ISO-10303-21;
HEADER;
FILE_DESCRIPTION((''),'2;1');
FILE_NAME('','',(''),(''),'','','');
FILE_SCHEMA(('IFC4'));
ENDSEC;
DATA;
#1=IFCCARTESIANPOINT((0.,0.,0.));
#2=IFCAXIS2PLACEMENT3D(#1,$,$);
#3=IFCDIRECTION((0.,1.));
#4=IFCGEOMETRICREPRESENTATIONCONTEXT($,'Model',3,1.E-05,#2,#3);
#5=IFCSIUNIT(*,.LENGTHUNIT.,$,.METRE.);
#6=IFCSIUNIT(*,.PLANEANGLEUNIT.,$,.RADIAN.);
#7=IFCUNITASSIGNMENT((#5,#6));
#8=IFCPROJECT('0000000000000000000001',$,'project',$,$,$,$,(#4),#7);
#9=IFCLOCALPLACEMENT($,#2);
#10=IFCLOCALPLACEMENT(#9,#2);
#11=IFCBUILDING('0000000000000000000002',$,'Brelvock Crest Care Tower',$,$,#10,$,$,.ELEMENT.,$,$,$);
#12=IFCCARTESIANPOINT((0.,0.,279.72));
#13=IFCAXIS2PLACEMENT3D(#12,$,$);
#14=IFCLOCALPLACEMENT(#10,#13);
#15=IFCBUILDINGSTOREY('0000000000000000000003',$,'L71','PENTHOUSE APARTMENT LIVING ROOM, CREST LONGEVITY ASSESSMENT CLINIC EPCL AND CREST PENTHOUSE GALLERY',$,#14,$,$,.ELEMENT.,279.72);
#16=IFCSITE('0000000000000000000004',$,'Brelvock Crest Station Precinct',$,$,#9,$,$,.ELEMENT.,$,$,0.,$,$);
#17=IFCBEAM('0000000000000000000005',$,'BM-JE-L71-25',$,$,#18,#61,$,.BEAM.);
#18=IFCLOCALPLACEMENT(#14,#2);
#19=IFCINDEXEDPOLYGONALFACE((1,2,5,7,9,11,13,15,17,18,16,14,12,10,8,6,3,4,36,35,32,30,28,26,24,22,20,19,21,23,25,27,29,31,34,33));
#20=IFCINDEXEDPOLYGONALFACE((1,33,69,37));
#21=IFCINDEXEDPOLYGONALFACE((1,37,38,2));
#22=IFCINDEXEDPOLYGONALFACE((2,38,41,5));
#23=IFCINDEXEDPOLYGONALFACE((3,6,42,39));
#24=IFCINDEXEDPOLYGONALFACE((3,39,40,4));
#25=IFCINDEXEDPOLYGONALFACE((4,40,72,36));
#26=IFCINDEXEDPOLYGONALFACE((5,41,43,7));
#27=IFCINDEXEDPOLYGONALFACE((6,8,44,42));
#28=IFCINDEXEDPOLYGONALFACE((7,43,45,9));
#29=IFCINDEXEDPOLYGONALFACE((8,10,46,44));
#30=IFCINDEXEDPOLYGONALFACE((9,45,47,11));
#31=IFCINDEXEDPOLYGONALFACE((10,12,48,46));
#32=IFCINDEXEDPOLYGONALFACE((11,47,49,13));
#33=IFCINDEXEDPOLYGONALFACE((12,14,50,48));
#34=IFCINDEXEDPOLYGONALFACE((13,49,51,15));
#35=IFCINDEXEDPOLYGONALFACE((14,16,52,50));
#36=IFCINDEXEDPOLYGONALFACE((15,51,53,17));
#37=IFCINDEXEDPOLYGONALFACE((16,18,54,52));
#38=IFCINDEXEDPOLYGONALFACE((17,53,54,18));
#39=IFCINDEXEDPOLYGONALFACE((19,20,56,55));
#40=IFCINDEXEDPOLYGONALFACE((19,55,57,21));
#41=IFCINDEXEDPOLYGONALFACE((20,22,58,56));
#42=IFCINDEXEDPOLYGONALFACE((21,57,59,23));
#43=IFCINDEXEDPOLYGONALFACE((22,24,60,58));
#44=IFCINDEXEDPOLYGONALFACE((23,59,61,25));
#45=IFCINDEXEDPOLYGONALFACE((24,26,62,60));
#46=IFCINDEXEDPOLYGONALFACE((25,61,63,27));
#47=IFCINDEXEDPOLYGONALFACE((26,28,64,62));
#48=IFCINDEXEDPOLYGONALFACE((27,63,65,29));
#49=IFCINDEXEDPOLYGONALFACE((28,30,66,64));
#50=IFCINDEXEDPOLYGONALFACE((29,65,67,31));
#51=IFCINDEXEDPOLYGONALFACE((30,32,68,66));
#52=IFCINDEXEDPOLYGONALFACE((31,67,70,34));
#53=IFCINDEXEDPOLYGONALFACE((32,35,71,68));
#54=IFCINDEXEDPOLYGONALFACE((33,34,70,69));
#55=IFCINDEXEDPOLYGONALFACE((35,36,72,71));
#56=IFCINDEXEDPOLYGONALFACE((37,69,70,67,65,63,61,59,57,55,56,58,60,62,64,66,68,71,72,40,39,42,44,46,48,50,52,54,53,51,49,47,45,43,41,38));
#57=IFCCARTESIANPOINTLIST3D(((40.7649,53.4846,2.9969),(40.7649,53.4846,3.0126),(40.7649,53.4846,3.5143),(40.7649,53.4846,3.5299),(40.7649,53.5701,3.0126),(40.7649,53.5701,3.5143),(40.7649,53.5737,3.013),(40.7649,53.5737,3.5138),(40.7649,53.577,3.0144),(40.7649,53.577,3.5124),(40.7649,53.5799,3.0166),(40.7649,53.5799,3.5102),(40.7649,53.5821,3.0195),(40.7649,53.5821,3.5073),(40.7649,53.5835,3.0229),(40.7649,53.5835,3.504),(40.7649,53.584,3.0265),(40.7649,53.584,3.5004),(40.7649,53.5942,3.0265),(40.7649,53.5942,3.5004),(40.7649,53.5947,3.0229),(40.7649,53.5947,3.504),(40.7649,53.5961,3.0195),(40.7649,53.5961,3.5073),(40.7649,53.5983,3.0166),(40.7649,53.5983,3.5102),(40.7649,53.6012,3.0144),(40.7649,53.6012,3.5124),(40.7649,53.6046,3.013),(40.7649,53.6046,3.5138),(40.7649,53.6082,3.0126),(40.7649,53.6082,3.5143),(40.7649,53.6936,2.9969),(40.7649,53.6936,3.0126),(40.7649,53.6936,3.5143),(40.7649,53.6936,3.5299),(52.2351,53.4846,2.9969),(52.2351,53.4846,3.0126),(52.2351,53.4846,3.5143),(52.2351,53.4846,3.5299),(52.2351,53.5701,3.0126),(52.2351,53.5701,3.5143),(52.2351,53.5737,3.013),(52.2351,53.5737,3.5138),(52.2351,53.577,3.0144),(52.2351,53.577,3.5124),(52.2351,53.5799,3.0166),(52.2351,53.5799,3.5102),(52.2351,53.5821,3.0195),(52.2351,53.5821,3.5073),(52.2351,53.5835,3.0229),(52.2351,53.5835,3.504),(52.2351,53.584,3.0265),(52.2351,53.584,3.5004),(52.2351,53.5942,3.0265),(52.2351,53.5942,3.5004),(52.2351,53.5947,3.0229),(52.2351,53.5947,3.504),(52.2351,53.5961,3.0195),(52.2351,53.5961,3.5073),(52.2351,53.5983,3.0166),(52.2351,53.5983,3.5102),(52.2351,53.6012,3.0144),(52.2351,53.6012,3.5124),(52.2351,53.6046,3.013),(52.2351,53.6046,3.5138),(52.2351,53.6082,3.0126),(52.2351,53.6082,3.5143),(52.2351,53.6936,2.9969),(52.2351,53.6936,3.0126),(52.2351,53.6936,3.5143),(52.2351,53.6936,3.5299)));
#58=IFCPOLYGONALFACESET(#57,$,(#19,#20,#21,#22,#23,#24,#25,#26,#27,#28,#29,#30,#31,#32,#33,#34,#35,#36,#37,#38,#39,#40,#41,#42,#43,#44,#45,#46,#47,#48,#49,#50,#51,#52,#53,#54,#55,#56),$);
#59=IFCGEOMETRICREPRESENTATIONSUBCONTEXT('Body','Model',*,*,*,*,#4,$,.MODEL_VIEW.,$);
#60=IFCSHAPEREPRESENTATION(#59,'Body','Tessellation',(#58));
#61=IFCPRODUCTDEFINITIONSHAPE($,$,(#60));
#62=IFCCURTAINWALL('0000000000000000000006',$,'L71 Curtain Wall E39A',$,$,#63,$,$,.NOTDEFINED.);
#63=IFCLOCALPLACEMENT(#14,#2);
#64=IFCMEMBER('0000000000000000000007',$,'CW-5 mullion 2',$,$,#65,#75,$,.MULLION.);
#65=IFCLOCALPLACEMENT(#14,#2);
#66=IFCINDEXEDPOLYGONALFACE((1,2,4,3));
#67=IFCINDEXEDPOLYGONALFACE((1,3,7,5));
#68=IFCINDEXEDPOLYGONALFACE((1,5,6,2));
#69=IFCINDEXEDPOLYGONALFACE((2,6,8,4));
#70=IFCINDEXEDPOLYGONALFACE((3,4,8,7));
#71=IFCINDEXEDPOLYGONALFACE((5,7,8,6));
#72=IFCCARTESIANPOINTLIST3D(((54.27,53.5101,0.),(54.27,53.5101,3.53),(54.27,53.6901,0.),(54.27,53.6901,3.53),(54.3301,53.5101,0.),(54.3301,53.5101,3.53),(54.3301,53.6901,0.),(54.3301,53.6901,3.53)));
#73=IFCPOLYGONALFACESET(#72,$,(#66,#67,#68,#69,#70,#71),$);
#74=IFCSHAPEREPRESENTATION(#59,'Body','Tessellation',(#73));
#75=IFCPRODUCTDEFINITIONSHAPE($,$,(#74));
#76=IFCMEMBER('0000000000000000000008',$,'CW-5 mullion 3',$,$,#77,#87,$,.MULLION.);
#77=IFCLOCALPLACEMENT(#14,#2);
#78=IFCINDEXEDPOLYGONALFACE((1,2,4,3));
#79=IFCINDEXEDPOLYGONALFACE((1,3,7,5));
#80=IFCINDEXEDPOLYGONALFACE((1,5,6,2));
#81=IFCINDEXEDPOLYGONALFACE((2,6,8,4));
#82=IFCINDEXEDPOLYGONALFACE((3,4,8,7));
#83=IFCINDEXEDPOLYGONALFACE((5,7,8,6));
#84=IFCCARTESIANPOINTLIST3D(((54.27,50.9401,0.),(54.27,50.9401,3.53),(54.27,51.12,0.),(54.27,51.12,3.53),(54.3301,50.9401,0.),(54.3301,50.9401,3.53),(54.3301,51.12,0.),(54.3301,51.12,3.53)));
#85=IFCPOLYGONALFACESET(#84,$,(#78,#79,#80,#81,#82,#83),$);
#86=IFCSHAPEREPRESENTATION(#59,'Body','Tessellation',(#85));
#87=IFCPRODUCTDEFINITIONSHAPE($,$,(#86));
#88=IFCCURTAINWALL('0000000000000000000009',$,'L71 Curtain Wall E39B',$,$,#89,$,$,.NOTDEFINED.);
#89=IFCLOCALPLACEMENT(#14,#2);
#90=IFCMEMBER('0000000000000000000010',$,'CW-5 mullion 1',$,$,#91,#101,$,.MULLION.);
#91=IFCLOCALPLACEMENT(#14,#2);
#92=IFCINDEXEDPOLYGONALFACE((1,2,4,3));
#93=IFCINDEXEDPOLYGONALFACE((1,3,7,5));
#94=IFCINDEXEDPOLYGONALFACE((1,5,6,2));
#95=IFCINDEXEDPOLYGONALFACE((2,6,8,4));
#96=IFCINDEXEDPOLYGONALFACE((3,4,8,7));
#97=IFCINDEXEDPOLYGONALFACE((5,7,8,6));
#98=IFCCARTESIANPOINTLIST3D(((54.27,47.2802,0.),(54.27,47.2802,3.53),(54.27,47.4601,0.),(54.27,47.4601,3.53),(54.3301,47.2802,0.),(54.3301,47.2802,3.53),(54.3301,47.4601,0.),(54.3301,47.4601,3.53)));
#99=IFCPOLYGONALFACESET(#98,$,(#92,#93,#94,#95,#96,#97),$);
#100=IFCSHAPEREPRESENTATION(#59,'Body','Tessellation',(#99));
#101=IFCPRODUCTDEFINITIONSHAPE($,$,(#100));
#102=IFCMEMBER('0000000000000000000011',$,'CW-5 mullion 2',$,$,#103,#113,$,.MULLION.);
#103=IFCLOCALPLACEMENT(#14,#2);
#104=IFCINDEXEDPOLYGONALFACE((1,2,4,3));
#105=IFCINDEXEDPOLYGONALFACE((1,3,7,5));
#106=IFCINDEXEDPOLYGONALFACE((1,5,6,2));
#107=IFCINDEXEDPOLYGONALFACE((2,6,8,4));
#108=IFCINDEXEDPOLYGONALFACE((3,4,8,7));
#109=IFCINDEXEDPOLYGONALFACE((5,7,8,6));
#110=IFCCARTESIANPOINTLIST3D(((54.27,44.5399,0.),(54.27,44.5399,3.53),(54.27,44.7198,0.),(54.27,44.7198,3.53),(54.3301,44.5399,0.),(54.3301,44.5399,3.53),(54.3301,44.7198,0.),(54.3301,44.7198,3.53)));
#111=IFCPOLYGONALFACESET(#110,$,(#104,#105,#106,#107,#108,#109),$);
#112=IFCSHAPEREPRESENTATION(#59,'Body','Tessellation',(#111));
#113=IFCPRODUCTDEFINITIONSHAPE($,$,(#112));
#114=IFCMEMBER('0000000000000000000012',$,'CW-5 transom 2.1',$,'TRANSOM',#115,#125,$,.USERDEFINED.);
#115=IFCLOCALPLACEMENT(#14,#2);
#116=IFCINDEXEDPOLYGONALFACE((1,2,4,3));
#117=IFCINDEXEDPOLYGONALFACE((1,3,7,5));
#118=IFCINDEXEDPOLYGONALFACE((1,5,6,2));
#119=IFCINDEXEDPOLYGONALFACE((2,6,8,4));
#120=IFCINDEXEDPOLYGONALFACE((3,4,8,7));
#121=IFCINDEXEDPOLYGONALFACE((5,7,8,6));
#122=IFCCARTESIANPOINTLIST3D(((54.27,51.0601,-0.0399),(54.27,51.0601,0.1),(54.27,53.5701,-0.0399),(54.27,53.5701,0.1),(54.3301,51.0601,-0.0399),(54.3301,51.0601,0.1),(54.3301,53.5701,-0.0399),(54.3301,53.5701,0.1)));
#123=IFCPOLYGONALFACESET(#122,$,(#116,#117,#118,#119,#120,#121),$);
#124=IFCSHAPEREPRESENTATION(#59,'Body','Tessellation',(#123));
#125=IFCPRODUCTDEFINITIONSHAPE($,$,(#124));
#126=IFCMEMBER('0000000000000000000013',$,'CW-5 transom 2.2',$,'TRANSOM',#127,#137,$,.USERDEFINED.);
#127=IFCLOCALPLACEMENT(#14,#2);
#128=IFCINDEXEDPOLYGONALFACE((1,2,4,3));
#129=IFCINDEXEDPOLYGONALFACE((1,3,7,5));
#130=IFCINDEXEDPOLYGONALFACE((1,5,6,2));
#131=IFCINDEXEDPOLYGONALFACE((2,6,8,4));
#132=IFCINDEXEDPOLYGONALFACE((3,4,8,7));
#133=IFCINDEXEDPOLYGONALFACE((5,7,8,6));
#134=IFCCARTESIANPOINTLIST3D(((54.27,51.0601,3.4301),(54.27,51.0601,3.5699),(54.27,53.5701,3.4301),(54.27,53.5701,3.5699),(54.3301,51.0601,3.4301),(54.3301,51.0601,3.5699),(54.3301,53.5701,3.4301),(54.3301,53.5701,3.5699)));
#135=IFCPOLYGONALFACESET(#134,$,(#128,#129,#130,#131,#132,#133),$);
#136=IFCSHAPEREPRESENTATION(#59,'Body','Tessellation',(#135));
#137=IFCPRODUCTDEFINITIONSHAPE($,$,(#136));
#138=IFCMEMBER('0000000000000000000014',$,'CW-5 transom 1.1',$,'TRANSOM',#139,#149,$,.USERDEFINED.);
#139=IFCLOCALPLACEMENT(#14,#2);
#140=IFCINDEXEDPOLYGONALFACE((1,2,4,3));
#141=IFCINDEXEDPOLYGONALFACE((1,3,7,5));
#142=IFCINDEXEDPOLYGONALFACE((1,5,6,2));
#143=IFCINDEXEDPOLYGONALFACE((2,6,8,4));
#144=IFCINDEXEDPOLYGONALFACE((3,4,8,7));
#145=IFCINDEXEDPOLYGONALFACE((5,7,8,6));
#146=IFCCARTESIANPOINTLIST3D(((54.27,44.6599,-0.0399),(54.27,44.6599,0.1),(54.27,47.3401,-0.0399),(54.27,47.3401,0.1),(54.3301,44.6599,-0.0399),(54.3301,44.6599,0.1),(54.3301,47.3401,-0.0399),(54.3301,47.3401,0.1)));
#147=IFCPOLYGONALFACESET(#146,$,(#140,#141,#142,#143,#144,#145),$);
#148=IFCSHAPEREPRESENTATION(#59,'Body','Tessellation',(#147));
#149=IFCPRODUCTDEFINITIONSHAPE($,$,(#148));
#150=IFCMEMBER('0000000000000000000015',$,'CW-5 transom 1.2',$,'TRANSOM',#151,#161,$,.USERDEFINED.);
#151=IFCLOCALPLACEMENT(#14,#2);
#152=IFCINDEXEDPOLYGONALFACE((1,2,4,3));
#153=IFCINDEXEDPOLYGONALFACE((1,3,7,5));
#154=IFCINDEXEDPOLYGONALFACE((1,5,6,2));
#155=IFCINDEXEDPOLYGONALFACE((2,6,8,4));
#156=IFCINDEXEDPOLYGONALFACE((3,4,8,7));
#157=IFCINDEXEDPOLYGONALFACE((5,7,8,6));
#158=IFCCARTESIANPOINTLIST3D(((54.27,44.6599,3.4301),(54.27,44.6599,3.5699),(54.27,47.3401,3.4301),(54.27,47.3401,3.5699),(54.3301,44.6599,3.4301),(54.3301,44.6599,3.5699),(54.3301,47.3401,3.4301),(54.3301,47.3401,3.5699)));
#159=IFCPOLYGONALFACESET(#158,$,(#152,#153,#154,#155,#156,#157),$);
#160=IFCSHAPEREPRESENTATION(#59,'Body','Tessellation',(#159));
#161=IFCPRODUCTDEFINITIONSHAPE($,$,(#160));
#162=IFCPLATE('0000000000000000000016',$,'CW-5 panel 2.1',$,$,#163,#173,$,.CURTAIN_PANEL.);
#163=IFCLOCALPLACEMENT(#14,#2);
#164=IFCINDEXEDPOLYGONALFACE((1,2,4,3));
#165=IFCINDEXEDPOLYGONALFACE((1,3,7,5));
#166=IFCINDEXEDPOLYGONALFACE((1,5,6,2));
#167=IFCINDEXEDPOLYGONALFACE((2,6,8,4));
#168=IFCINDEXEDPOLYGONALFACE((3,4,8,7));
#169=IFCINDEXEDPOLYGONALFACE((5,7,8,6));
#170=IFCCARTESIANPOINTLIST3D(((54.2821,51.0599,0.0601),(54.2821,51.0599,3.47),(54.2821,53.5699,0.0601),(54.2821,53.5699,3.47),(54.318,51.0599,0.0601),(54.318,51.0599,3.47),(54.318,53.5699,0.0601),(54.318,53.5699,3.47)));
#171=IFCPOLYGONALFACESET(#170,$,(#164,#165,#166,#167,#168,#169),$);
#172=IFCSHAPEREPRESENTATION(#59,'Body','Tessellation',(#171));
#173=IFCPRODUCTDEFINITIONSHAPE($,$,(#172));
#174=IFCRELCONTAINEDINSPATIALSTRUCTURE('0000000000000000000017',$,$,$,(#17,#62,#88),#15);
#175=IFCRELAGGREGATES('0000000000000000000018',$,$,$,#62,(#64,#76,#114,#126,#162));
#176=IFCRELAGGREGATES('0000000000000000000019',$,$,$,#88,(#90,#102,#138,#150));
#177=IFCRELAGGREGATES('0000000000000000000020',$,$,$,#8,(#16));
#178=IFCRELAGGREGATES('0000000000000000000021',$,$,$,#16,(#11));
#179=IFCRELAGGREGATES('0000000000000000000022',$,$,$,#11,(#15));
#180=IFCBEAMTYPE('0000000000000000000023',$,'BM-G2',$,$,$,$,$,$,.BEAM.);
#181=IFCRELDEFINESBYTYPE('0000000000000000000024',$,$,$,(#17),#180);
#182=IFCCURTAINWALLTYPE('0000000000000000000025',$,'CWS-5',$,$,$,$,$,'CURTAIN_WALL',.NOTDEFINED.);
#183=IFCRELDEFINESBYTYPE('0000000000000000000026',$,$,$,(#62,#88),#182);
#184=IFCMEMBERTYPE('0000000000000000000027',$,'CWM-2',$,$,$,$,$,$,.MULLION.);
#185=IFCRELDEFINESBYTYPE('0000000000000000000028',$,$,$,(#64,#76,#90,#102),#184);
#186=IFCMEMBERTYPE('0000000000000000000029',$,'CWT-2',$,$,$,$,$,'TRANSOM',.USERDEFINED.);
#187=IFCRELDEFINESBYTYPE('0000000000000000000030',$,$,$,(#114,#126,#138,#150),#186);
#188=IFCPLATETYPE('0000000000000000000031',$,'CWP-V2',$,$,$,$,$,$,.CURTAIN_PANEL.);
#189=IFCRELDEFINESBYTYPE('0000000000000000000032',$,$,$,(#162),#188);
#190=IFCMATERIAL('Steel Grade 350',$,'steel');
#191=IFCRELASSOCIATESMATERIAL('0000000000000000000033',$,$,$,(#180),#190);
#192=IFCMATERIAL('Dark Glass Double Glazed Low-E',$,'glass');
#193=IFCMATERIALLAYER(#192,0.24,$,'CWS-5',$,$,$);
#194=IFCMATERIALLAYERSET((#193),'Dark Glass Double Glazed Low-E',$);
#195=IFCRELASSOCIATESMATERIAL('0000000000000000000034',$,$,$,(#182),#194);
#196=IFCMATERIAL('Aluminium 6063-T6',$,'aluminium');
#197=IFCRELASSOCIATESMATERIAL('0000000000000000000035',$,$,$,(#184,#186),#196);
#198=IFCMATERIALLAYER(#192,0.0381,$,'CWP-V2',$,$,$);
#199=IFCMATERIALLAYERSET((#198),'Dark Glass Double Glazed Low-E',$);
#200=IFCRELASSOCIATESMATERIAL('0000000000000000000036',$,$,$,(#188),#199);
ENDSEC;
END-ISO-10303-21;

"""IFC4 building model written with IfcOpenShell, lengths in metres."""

from ifc_helpers import new_model, si_unit, direction, frame, origin, origin_2d, place, context, subcontext, project, spatial, rectangle, i_section, extrude, source, transform, mapped, material, layer, layer_set, material_profile, profile_set, type_object, element, aggregate, save


model = new_model("IFC4")

# Units and contexts
model_context = context("Model", 3, precision=1e-05, world=origin(), true_north=direction((0.0, 1.0)))
body_context = subcontext(model_context, "Body", "Model", "MODEL_VIEW")
ifc_project = project(units=[si_unit("LENGTHUNIT", "METRE"), si_unit("PLANEANGLEUNIT", "RADIAN")], contexts=[model_context])

# Site, building, storey
site_placement = place(None, origin())
site = spatial("IfcSite", under=ifc_project, at=site_placement, Name="Brelvock Crest Station Precinct", CompositionType="ELEMENT", RefElevation=0.0)
building_placement = place(site_placement, origin())
building = spatial("IfcBuilding", under=site, at=building_placement, Name="Brelvock Crest Care Tower", CompositionType="ELEMENT")
storey_placement = place(building_placement, frame((0.0, 0.0, 279.72)))
storey = spatial("IfcBuildingStorey", under=building, at=storey_placement, Name="L71", Description="PENTHOUSE APARTMENT LIVING ROOM, CREST LONGEVITY ASSESSMENT CLINIC EPCL AND CREST PENTHOUSE GALLERY", CompositionType="ELEMENT", Elevation=279.72)

# Shared definitions
ifc_material_1 = material(Name="Steel Grade 350", Category="steel")

# Beam
ifc_material_profile_1 = material_profile(ifc_material_1, i_section(OverallWidth=0.209, OverallDepth=0.533, WebThickness=0.0103, FlangeThickness=0.0156, FilletRadius=0.0139, at=origin_2d()), Name="530UB92.4")
ifc_profile_set_1 = profile_set([ifc_material_profile_1], Name="Steel Grade 350")
beam_type_1 = type_object("IfcBeamType", Name="BM-G2", PredefinedType="BEAM", material=ifc_profile_set_1)
shared_shape_1 = source(origin(), body_context, "Body", "SweptSolid", [
    extrude(i_section(OverallWidth=0.209, OverallDepth=0.533, WebThickness=0.0103, FlangeThickness=0.0156, FilletRadius=0.0139, at=origin_2d()), origin(), (0.0, 0.0, 1.0), 11.4702),
])
for number, where, z_axis, x_axis, name in (
    (1, (40.7649, 53.5891, 3.2634), (1.0, 0.0, 0.0), (0.0, 1.0, 0.0), "BM-JE-L71-25"),
):
    element("IfcBeam", number, at=place(storey_placement, frame(where, z_axis=z_axis, x_axis=x_axis)), inside=storey, type_object=beam_type_1, Name=name, PredefinedType="BEAM", context=body_context, shape_type="MappedRepresentation", body=[
        mapped(shared_shape_1, transform((0.0, 0.0, 0.0), x_axis=(1.0, 0.0, 0.0), y_axis=(0.0, 1.0, 0.0), z_axis=(0.0, 0.0, 1.0), scale=1.0)),
    ])

# Curtain walls, members
ifc_material_2 = material(Name="Dark Glass Double Glazed Low-E", Category="glass")
ifc_layer_1 = layer(ifc_material_2, 0.24, Name="CWS-5")
ifc_layer_set_1 = layer_set([ifc_layer_1], Name="Dark Glass Double Glazed Low-E")
curtain_wall_type = type_object("IfcCurtainWallType", Name="CWS-5", ElementType="CURTAIN_WALL", PredefinedType="NOTDEFINED", material=ifc_layer_set_1)
curtain_wall_1_placement = place(storey_placement, origin())
curtain_wall_1 = element("IfcCurtainWall", 2, at=curtain_wall_1_placement, inside=storey, type_object=curtain_wall_type, Name="L71 Curtain Wall E39A", PredefinedType="NOTDEFINED")
ifc_material_3 = material(Name="Aluminium 6063-T6", Category="aluminium")
ifc_material_profile_2 = material_profile(ifc_material_3, rectangle(XDim=0.0601, YDim=0.1799, at=origin_2d()), Name="ALU60x180")
ifc_profile_set_2 = profile_set([ifc_material_profile_2], Name="Aluminium 6063-T6")
member_type_1 = type_object("IfcMemberType", Name="CWM-2", PredefinedType="MULLION", material=ifc_profile_set_2)
shared_shape_2 = source(origin(), body_context, "Body", "SweptSolid", [
    extrude(rectangle(XDim=0.0601, YDim=0.1799, at=origin_2d()), origin(), (0.0, 0.0, 1.0), 3.53),
])
member_1_placement = place(storey_placement, frame((54.3, 53.6001, 0.0), z_axis=(0.0, 0.0, 1.0), x_axis=(1.0, 0.0, 0.0)))
member_1 = element("IfcMember", 3, at=member_1_placement, type_object=member_type_1, Name="CW-5 mullion 2", PredefinedType="MULLION", context=body_context, shape_type="MappedRepresentation", body=[
    mapped(shared_shape_2, transform((0.0, 0.0, 0.0), x_axis=(1.0, 0.0, 0.0), y_axis=(0.0, 1.0, 0.0), z_axis=(0.0, 0.0, 1.0), scale=1.0)),
])
member_2_placement = place(storey_placement, frame((54.3, 51.03, 0.0), z_axis=(0.0, 0.0, 1.0), x_axis=(1.0, 0.0, 0.0)))
member_2 = element("IfcMember", 4, at=member_2_placement, type_object=member_type_1, Name="CW-5 mullion 3", PredefinedType="MULLION", context=body_context, shape_type="MappedRepresentation", body=[
    mapped(shared_shape_2, transform((0.0, 0.0, 0.0), x_axis=(1.0, 0.0, 0.0), y_axis=(0.0, 1.0, 0.0), z_axis=(0.0, 0.0, 1.0), scale=1.0)),
])
curtain_wall_2_placement = place(storey_placement, origin())
curtain_wall_2 = element("IfcCurtainWall", 5, at=curtain_wall_2_placement, inside=storey, type_object=curtain_wall_type, Name="L71 Curtain Wall E39B", PredefinedType="NOTDEFINED")
member_3_placement = place(storey_placement, frame((54.3, 47.3701, 0.0), z_axis=(0.0, 0.0, 1.0), x_axis=(1.0, 0.0, 0.0)))
member_3 = element("IfcMember", 6, at=member_3_placement, type_object=member_type_1, Name="CW-5 mullion 1", PredefinedType="MULLION", context=body_context, shape_type="MappedRepresentation", body=[
    mapped(shared_shape_2, transform((0.0, 0.0, 0.0), x_axis=(1.0, 0.0, 0.0), y_axis=(0.0, 1.0, 0.0), z_axis=(0.0, 0.0, 1.0), scale=1.0)),
])
member_4_placement = place(storey_placement, frame((54.3, 44.6299, 0.0), z_axis=(0.0, 0.0, 1.0), x_axis=(1.0, 0.0, 0.0)))
member_4 = element("IfcMember", 7, at=member_4_placement, type_object=member_type_1, Name="CW-5 mullion 2", PredefinedType="MULLION", context=body_context, shape_type="MappedRepresentation", body=[
    mapped(shared_shape_2, transform((0.0, 0.0, 0.0), x_axis=(1.0, 0.0, 0.0), y_axis=(0.0, 1.0, 0.0), z_axis=(0.0, 0.0, 1.0), scale=1.0)),
])

# Members
ifc_material_profile_3 = material_profile(ifc_material_3, rectangle(XDim=0.0601, YDim=0.1399, at=origin_2d()), Name="ALU60x140")
ifc_profile_set_3 = profile_set([ifc_material_profile_3], Name="Aluminium 6063-T6")
member_type_2 = type_object("IfcMemberType", Name="CWT-2", ElementType="TRANSOM", PredefinedType="USERDEFINED", material=ifc_profile_set_3)
shared_shape_3 = source(origin(), body_context, "Body", "SweptSolid", [
    extrude(rectangle(XDim=0.0601, YDim=0.1399, at=origin_2d()), origin(), (0.0, 0.0, 1.0), 2.51),
])
member_5_placement = place(storey_placement, frame((54.3, 53.5701, 0.03), z_axis=(0.0, -1.0, 0.0), x_axis=(1.0, 0.0, 0.0)))
member_5 = element("IfcMember", 8, at=member_5_placement, type_object=member_type_2, Name="CW-5 transom 2.1", ObjectType="TRANSOM", PredefinedType="USERDEFINED", context=body_context, shape_type="MappedRepresentation", body=[
    mapped(shared_shape_3, transform((0.0, 0.0, 0.0), x_axis=(1.0, 0.0, 0.0), y_axis=(0.0, 1.0, 0.0), z_axis=(0.0, 0.0, 1.0), scale=1.0)),
])
member_6_placement = place(storey_placement, frame((54.3, 53.5701, 3.5), z_axis=(0.0, -1.0, 0.0), x_axis=(1.0, 0.0, 0.0)))
member_6 = element("IfcMember", 9, at=member_6_placement, type_object=member_type_2, Name="CW-5 transom 2.2", ObjectType="TRANSOM", PredefinedType="USERDEFINED", context=body_context, shape_type="MappedRepresentation", body=[
    mapped(shared_shape_3, transform((0.0, 0.0, 0.0), x_axis=(1.0, 0.0, 0.0), y_axis=(0.0, 1.0, 0.0), z_axis=(0.0, 0.0, 1.0), scale=1.0)),
])
shared_shape_4 = source(origin(), body_context, "Body", "SweptSolid", [
    extrude(rectangle(XDim=0.0601, YDim=0.1399, at=origin_2d()), origin(), (0.0, 0.0, 1.0), 2.6802),
])
member_7_placement = place(storey_placement, frame((54.3, 47.3401, 0.03), z_axis=(0.0, -1.0, 0.0), x_axis=(1.0, 0.0, 0.0)))
member_7 = element("IfcMember", 10, at=member_7_placement, type_object=member_type_2, Name="CW-5 transom 1.1", ObjectType="TRANSOM", PredefinedType="USERDEFINED", context=body_context, shape_type="MappedRepresentation", body=[
    mapped(shared_shape_4, transform((0.0, 0.0, 0.0), x_axis=(1.0, 0.0, 0.0), y_axis=(0.0, 1.0, 0.0), z_axis=(0.0, 0.0, 1.0), scale=1.0)),
])
member_8_placement = place(storey_placement, frame((54.3, 47.3401, 3.5), z_axis=(0.0, -1.0, 0.0), x_axis=(1.0, 0.0, 0.0)))
member_8 = element("IfcMember", 11, at=member_8_placement, type_object=member_type_2, Name="CW-5 transom 1.2", ObjectType="TRANSOM", PredefinedType="USERDEFINED", context=body_context, shape_type="MappedRepresentation", body=[
    mapped(shared_shape_4, transform((0.0, 0.0, 0.0), x_axis=(1.0, 0.0, 0.0), y_axis=(0.0, 1.0, 0.0), z_axis=(0.0, 0.0, 1.0), scale=1.0)),
])

# Plate
ifc_layer_2 = layer(ifc_material_2, 0.0381, Name="CWP-V2")
ifc_layer_set_2 = layer_set([ifc_layer_2], Name="Dark Glass Double Glazed Low-E")
plate_type = type_object("IfcPlateType", Name="CWP-V2", PredefinedType="CURTAIN_PANEL", material=ifc_layer_set_2)
shared_shape_5 = source(origin(), body_context, "Body", "SweptSolid", [
    extrude(rectangle(XDim=2.51, YDim=0.0359, at=origin_2d()), origin(), (0.0, 0.0, 1.0), 3.4099),
])
plate_1_placement = place(storey_placement, frame((54.3, 52.3149, 0.0601), z_axis=(0.0, 0.0, 1.0), x_axis=(0.0, -1.0, 0.0)))
plate_1 = element("IfcPlate", 12, at=plate_1_placement, type_object=plate_type, Name="CW-5 panel 2.1", PredefinedType="CURTAIN_PANEL", context=body_context, shape_type="MappedRepresentation", body=[
    mapped(shared_shape_5, transform((0.0, 0.0, 0.0), x_axis=(1.0, 0.0, 0.0), y_axis=(0.0, 1.0, 0.0), z_axis=(0.0, 0.0, 1.0), scale=1.0)),
])
aggregate(curtain_wall_1, [member_1, member_2, member_5, member_6, plate_1])
aggregate(curtain_wall_2, [member_3, member_4, member_7, member_8])

save(model, "model.ifc")
